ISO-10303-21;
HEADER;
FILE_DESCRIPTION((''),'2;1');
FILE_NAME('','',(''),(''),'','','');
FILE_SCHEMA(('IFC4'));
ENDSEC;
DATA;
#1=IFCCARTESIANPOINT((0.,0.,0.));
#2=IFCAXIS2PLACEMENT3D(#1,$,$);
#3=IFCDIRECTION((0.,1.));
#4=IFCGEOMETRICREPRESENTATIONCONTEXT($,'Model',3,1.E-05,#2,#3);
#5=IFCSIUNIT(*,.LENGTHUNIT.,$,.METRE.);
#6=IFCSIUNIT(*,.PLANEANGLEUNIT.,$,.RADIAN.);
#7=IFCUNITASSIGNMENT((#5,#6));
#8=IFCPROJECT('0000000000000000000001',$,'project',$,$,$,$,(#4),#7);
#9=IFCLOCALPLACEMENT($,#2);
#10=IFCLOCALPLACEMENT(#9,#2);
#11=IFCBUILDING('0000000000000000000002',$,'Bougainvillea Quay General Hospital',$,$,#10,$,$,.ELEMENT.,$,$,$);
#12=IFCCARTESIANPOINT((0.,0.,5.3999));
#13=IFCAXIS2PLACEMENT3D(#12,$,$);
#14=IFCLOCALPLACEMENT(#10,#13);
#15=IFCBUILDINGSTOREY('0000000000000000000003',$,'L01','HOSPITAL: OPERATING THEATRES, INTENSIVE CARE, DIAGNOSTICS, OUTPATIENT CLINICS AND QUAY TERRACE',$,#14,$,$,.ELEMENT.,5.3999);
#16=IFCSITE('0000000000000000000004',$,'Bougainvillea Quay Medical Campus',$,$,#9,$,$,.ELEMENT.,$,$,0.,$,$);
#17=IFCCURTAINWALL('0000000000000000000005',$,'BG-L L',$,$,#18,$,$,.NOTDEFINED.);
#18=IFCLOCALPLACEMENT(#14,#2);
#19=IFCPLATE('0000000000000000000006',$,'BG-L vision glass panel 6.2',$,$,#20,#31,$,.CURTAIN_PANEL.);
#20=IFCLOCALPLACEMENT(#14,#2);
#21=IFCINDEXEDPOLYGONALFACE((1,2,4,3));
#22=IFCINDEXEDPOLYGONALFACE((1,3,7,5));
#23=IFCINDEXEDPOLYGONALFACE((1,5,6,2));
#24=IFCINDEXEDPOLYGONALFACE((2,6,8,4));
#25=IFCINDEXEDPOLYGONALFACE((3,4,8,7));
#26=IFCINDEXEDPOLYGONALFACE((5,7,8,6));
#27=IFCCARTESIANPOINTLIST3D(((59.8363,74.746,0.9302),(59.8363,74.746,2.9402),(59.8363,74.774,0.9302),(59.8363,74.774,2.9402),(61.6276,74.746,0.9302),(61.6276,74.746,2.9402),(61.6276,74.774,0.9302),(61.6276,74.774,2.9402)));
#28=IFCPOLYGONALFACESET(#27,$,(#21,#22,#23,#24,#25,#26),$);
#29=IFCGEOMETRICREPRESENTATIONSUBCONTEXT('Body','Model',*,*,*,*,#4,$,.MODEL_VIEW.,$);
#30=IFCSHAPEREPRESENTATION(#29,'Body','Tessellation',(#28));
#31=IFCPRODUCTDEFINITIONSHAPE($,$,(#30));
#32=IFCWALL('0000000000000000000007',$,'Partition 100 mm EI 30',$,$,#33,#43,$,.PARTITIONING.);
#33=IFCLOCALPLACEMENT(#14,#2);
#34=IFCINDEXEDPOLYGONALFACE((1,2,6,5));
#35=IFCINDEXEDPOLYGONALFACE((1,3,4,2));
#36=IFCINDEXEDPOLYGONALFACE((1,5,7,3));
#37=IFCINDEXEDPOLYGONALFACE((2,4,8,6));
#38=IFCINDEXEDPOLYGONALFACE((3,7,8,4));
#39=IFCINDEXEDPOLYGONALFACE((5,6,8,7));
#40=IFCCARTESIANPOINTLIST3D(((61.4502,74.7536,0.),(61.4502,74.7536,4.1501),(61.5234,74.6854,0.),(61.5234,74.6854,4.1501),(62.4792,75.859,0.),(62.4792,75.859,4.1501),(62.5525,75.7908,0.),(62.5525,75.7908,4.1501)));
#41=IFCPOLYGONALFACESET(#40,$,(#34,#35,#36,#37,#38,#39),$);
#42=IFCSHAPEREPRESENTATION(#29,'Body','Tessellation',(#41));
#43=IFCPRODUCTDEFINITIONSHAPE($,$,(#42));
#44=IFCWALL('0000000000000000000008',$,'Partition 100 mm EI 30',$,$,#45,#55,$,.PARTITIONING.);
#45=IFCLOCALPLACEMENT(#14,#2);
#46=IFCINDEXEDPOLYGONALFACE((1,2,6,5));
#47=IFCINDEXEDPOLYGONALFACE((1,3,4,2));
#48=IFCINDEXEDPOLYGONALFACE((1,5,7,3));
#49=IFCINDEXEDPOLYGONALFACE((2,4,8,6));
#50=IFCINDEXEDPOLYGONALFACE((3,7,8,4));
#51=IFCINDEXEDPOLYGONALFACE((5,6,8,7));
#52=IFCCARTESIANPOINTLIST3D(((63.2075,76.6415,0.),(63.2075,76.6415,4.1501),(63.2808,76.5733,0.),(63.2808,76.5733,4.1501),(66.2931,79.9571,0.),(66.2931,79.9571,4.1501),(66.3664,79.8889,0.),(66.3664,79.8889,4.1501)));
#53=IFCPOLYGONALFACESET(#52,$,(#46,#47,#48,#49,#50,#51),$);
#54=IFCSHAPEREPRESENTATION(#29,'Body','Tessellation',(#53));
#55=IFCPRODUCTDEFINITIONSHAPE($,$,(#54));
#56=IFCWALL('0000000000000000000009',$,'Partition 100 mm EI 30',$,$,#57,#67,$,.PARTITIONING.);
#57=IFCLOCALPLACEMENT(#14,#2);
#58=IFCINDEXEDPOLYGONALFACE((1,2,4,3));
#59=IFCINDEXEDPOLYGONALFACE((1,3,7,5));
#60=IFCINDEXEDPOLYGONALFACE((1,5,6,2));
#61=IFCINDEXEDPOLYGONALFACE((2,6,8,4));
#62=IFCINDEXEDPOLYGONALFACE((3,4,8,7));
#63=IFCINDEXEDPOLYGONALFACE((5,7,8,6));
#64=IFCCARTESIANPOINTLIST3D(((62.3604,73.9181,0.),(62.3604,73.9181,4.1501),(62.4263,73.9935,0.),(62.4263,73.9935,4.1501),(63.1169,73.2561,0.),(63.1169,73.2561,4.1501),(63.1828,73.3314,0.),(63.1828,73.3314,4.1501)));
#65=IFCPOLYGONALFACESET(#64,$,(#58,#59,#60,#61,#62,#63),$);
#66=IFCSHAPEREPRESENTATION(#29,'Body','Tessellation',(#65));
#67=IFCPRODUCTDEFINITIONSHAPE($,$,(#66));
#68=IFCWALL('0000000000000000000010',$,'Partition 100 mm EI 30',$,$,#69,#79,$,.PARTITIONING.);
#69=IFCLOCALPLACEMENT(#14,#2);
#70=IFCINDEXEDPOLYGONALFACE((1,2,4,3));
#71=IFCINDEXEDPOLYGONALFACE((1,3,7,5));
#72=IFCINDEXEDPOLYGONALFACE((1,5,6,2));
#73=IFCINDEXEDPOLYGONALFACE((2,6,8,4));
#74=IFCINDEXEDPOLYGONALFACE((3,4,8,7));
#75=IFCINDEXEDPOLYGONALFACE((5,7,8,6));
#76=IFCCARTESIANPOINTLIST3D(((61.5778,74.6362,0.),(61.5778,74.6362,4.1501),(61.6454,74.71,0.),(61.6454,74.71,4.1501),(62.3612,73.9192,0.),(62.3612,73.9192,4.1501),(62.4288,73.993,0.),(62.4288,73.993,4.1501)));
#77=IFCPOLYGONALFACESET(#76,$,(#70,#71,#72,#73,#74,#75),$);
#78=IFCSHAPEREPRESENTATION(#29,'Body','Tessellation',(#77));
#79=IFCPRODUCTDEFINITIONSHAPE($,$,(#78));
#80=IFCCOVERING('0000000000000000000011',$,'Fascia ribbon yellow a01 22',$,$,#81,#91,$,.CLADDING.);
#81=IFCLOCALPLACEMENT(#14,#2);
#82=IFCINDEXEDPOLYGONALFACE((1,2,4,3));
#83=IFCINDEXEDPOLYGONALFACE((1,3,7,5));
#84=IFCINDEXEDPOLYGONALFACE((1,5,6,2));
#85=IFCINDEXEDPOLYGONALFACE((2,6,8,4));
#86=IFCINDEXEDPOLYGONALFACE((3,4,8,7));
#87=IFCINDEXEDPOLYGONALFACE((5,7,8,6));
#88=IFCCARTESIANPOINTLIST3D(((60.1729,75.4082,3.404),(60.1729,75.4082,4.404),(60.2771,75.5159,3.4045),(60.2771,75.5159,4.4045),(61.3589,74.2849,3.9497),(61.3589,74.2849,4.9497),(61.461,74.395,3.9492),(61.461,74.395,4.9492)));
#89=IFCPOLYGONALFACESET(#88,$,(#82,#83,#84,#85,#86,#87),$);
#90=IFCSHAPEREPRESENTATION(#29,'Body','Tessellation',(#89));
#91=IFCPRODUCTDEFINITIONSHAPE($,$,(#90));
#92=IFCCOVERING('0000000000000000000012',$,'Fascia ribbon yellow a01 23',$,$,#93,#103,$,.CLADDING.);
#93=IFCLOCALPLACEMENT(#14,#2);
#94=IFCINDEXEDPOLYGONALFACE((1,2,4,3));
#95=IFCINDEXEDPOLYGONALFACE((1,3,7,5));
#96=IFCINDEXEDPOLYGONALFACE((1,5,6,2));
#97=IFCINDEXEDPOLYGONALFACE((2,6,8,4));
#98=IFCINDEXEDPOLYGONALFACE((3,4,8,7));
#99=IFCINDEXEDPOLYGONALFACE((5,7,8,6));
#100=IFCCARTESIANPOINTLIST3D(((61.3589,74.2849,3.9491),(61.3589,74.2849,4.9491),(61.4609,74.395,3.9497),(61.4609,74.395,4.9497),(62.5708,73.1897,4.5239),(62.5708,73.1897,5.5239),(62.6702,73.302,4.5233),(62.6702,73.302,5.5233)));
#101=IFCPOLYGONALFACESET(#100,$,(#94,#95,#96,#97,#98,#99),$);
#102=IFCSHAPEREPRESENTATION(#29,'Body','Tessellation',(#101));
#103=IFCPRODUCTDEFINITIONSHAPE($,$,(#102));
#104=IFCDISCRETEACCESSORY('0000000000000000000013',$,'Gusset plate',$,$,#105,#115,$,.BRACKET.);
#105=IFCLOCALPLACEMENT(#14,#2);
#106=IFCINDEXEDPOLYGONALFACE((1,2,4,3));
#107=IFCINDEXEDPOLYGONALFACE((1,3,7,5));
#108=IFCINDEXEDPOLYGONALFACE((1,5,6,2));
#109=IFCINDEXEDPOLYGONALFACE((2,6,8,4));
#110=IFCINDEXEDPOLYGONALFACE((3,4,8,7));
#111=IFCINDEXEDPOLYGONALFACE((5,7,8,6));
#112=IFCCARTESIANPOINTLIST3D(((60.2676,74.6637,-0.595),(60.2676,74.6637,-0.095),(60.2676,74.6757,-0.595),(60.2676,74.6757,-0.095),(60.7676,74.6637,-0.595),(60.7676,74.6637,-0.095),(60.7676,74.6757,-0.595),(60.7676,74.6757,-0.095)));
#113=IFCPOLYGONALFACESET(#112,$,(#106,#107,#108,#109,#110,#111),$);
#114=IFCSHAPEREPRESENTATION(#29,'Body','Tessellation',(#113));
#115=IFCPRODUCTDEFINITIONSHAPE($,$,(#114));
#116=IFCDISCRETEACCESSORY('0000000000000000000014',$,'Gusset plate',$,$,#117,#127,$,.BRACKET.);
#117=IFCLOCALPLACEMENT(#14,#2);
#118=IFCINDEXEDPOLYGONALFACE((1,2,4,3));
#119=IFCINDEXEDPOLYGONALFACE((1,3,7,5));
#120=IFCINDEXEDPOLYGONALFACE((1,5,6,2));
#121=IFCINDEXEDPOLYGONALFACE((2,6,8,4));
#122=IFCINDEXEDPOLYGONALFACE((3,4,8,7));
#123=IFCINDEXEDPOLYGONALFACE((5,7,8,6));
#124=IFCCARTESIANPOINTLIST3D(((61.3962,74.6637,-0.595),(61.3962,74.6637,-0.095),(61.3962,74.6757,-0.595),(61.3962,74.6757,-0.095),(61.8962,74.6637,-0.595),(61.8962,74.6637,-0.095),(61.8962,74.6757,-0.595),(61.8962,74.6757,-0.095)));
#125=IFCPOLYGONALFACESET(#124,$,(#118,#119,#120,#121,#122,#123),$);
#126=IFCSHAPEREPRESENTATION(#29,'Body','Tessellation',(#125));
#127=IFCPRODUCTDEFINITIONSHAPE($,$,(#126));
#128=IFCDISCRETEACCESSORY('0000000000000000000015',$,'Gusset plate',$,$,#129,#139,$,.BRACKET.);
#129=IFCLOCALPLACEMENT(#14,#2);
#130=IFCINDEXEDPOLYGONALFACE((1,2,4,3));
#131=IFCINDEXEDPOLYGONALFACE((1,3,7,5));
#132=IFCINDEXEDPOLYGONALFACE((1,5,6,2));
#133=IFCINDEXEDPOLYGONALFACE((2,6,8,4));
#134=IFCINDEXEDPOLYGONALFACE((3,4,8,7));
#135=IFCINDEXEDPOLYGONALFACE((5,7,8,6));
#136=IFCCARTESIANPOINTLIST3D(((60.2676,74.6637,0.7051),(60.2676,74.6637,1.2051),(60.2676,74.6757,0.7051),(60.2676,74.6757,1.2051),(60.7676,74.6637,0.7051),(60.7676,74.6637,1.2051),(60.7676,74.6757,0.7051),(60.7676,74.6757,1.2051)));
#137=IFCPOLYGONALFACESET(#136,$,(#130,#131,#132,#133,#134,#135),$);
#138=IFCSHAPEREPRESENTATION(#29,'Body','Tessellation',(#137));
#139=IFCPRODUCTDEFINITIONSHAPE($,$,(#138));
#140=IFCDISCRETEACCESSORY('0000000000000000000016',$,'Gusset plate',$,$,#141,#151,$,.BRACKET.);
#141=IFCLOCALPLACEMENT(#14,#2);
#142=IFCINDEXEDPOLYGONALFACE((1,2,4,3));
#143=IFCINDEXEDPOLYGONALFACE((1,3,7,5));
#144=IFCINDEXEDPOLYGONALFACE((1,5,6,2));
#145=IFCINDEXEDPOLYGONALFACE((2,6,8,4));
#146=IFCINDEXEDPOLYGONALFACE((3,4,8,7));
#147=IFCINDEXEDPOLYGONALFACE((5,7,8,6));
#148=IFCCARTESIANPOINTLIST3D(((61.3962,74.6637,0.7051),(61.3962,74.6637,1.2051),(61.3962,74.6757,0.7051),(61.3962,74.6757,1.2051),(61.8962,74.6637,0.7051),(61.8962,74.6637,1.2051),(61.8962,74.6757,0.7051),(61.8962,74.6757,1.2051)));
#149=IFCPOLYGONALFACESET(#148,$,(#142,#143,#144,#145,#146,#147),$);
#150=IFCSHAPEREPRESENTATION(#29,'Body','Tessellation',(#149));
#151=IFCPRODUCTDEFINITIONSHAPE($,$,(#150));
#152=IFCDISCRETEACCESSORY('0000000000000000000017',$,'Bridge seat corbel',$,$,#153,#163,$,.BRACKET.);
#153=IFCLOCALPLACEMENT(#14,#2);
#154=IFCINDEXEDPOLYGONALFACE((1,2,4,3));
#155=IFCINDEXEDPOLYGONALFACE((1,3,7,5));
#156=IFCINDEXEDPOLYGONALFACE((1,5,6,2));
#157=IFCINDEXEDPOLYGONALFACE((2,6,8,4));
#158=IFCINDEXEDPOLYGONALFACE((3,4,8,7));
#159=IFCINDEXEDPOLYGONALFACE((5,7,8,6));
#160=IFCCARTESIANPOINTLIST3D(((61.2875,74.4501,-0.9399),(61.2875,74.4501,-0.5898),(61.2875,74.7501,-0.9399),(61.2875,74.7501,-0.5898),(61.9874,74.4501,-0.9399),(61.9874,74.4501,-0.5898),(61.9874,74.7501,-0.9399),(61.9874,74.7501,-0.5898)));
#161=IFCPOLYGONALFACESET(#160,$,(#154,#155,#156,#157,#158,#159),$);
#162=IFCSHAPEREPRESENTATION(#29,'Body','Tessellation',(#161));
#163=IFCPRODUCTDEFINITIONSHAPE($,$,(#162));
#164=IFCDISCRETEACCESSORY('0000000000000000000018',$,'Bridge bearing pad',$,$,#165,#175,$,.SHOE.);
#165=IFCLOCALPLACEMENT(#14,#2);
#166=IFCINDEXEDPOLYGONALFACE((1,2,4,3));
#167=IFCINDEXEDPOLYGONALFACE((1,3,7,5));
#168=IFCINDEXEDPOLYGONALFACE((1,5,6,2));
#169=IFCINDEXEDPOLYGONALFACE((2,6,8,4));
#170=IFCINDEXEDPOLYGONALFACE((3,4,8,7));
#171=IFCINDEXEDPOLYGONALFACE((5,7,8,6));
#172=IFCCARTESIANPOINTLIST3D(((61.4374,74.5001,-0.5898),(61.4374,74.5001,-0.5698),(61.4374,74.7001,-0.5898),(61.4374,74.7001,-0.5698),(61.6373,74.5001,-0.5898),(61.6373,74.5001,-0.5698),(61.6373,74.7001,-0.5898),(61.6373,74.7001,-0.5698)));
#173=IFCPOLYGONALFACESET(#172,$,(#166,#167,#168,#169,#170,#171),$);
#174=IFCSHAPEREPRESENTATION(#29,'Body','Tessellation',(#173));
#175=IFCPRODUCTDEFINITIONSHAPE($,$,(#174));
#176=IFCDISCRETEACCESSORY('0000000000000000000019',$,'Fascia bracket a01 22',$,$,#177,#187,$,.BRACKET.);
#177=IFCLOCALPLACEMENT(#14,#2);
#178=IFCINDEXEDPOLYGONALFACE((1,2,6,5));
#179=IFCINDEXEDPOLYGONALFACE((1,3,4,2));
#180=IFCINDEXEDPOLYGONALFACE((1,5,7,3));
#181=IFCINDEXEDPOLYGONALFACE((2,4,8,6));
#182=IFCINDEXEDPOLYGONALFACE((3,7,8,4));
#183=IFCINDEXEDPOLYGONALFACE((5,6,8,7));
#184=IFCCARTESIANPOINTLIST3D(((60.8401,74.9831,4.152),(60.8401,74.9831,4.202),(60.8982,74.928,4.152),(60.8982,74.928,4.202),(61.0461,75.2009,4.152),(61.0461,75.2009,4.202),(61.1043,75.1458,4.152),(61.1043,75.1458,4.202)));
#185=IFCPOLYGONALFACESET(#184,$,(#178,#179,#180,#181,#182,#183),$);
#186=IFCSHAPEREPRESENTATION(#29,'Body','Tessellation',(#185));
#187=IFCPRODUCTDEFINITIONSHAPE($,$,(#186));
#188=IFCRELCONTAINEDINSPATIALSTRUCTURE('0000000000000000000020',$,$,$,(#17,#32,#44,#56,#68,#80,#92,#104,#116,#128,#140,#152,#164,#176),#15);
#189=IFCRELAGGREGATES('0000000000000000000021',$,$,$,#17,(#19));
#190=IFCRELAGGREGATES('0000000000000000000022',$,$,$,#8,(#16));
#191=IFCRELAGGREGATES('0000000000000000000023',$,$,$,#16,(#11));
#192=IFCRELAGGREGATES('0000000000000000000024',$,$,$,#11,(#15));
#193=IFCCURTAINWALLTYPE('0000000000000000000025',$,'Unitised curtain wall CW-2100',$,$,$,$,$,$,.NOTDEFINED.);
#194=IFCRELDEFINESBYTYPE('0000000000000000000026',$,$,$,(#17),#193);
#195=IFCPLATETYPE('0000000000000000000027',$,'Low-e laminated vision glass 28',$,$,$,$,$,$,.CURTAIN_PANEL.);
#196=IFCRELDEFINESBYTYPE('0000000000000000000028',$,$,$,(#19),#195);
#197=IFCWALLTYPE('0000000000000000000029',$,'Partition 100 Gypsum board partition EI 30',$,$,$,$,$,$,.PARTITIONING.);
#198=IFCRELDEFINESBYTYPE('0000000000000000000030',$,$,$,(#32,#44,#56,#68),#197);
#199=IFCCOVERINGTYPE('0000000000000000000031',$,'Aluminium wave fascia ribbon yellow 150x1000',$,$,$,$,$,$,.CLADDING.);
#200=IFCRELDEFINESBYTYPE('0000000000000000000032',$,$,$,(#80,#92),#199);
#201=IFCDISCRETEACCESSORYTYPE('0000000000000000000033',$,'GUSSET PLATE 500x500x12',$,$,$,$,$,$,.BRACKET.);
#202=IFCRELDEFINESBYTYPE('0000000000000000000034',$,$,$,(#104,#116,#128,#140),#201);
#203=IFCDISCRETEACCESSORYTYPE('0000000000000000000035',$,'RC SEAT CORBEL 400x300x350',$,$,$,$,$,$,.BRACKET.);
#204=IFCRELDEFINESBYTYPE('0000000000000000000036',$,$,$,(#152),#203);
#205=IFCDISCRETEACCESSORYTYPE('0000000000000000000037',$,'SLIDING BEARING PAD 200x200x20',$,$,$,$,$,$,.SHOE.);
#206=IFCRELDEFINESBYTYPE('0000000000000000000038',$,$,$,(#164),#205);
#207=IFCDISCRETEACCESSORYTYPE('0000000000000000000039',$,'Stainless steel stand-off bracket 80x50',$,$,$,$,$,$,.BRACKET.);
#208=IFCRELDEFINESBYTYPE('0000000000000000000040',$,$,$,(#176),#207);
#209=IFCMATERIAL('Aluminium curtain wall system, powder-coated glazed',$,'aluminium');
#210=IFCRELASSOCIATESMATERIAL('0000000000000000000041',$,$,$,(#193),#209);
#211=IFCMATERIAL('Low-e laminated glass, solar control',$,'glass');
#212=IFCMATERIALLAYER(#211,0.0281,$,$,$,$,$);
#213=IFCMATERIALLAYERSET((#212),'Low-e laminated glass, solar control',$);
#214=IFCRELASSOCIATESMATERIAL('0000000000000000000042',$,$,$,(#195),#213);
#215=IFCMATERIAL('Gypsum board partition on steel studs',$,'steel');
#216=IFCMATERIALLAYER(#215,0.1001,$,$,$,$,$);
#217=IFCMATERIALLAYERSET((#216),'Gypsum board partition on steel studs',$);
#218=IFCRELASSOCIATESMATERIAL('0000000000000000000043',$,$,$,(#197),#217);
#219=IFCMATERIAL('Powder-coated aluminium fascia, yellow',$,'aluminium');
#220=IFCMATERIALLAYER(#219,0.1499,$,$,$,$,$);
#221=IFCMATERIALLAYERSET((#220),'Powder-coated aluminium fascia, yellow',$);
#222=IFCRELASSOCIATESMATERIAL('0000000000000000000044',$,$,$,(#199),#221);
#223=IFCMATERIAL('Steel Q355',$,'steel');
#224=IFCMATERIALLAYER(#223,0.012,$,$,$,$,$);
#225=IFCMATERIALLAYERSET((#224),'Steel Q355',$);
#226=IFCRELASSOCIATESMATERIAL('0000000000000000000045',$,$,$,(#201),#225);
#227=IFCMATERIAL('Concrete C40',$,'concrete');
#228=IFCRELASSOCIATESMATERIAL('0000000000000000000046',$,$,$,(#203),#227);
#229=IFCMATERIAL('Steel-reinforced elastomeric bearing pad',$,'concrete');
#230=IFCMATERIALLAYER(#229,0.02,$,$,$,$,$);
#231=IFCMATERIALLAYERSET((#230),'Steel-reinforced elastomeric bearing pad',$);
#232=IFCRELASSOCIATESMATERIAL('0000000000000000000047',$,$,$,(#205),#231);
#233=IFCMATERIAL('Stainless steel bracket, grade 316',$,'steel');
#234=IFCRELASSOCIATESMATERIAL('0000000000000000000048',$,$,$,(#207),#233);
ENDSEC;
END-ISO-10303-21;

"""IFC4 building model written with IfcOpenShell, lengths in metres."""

from ifc_helpers import new_model, si_unit, direction, frame, frame_2d, origin, origin_2d, place, context, subcontext, project, spatial, polyline, rectangle, outline, extrude, material, layer, layer_set, material_profile, profile_set, type_object, element, aggregate, save


model = new_model("IFC4")

# Units and contexts
model_context = context("Model", 3, precision=1e-05, world=origin(), true_north=direction((0.0, 1.0)))
body_context = subcontext(model_context, "Body", "Model", "MODEL_VIEW")
ifc_project = project(units=[si_unit("LENGTHUNIT", "METRE"), si_unit("PLANEANGLEUNIT", "RADIAN")], contexts=[model_context])

# Site, building, storey
site_placement = place(None, origin())
site = spatial("IfcSite", under=ifc_project, at=site_placement, Name="Bougainvillea Quay Medical Campus", CompositionType="ELEMENT", RefElevation=0.0)
building_placement = place(site_placement, origin())
building = spatial("IfcBuilding", under=site, at=building_placement, Name="Bougainvillea Quay General Hospital", CompositionType="ELEMENT")
storey_placement = place(building_placement, frame((0.0, 0.0, 5.3999)))
storey = spatial("IfcBuildingStorey", under=building, at=storey_placement, Name="L01", Description="HOSPITAL: OPERATING THEATRES, INTENSIVE CARE, DIAGNOSTICS, OUTPATIENT CLINICS AND QUAY TERRACE", CompositionType="ELEMENT", Elevation=5.3999)

# Curtain wall
ifc_material_1 = material(Name="Aluminium curtain wall system, powder-coated glazed", Category="aluminium")
curtain_wall_type = type_object("IfcCurtainWallType", Name="Unitised curtain wall CW-2100", PredefinedType="NOTDEFINED", material=ifc_material_1)
curtain_wall_1_placement = place(storey_placement, origin())
curtain_wall_1 = element("IfcCurtainWall", 1, at=curtain_wall_1_placement, inside=storey, type_object=curtain_wall_type, Name="BG-L L", PredefinedType="NOTDEFINED")

# Shared definitions
ifc_material_2 = material(Name="Steel Q355", Category="steel")

# Shared definitions
ifc_material_3 = material(Name="Concrete C40", Category="concrete")

# Plate
ifc_material_4 = material(Name="Low-e laminated glass, solar control", Category="glass")
ifc_layer_1 = layer(ifc_material_4, 0.0281)
ifc_layer_set_1 = layer_set([ifc_layer_1], Name="Low-e laminated glass, solar control")
plate_type_1 = type_object("IfcPlateType", Name="Low-e laminated vision glass 28", PredefinedType="CURTAIN_PANEL", material=ifc_layer_set_1)
plate_1_placement = place(storey_placement, frame((60.7319, 74.76, 0.9302), z_axis=(0.0, 0.0, 1.0), x_axis=(1.0, 0.0, 0.0)))
plate_1 = element("IfcPlate", 2, at=plate_1_placement, type_object=plate_type_1, Name="BG-L vision glass panel 6.2", PredefinedType="CURTAIN_PANEL", context=body_context, shape_type="SweptSolid", body=[
    extrude(rectangle(XDim=1.7913, YDim=0.0281, at=origin_2d()), origin(), (0.0, 0.0, 1.0), 2.01),
])
aggregate(curtain_wall_1, [plate_1])

# Walls
ifc_material_5 = material(Name="Gypsum board partition on steel studs", Category="steel")
ifc_layer_2 = layer(ifc_material_5, 0.1001)
ifc_layer_set_2 = layer_set([ifc_layer_2], Name="Gypsum board partition on steel studs")
wall_type = type_object("IfcWallType", Name="Partition 100 Gypsum board partition EI 30", PredefinedType="PARTITIONING", material=ifc_layer_set_2)
wall_1_placement = place(storey_placement, frame((61.4868, 74.7195, 0.0), z_axis=(0.0, 0.0, 1.0), x_axis=(0.681356, 0.731952, 0.0)))
element("IfcWall", 3, at=wall_1_placement, inside=storey, type_object=wall_type, Name="Partition 100 mm EI 30", PredefinedType="PARTITIONING", context=body_context, shape_type="SweptSolid", body=[
    extrude(rectangle(XDim=1.5103, YDim=0.1001, at=frame_2d((0.7551, 0.0))), origin(), (0.0, 0.0, 1.0), 4.1501),
])
wall_2_placement = place(storey_placement, frame((63.2441, 76.6074, 0.0), z_axis=(0.0, 0.0, 1.0), x_axis=(0.681263, 0.732039, 0.0)))
element("IfcWall", 4, at=wall_2_placement, inside=storey, type_object=wall_type, Name="Partition 100 mm EI 30", PredefinedType="PARTITIONING", context=body_context, shape_type="SweptSolid", body=[
    extrude(rectangle(XDim=4.5293, YDim=0.1001, at=frame_2d((2.2646, 0.0))), origin(), (0.0, 0.0, 1.0), 4.1501),
])
wall_3_placement = place(storey_placement, frame((62.3933, 73.9558, 0.0), z_axis=(0.0, 0.0, 1.0), x_axis=(0.752532, -0.658556, 0.0)))
element("IfcWall", 5, at=wall_3_placement, inside=storey, type_object=wall_type, Name="Partition 100 mm EI 30", PredefinedType="PARTITIONING", context=body_context, shape_type="SweptSolid", body=[
    extrude(rectangle(XDim=1.0054, YDim=0.1001, at=frame_2d((0.5027, 0.0))), origin(), (0.0, 0.0, 1.0), 4.1501),
])
wall_4_placement = place(storey_placement, frame((61.6116, 74.6731, 0.0), z_axis=(0.0, 0.0, 1.0), x_axis=(0.737679, -0.675152, 0.0)))
element("IfcWall", 6, at=wall_4_placement, inside=storey, type_object=wall_type, Name="Partition 100 mm EI 30", PredefinedType="PARTITIONING", context=body_context, shape_type="SweptSolid", body=[
    extrude(rectangle(XDim=1.062, YDim=0.1001, at=frame_2d((0.531, 0.0))), origin(), (0.0, 0.0, 1.0), 4.1501),
])

# Coverings
ifc_material_6 = material(Name="Powder-coated aluminium fascia, yellow", Category="aluminium")
ifc_layer_3 = layer(ifc_material_6, 0.1499)
ifc_layer_set_3 = layer_set([ifc_layer_3], Name="Powder-coated aluminium fascia, yellow")
covering_type = type_object("IfcCoveringType", Name="Aluminium wave fascia ribbon yellow 150x1000", PredefinedType="CLADDING", material=ifc_layer_set_3)
covering_1_placement = place(storey_placement, frame((60.2771, 75.5159, 3.4045), z_axis=(-0.230028, 0.217908, 0.948474), x_axis=(0.688745, -0.652099, 0.316854)))
element("IfcCovering", 7, at=covering_1_placement, inside=storey, type_object=covering_type, Name="Fascia ribbon yellow a01 22", PredefinedType="CLADDING", context=body_context, shape_type="SweptSolid", body=[
    extrude(outline(polyline([(0.0, 0.0), (1.7189, 0.0), (1.7205, -0.1501), (-0.0017, -0.1499), (0.0, 0.0)])), origin(), (0.316854, -0.000082, 0.948474), 1.0),
])
covering_2_placement = place(storey_placement, frame((61.4609, 74.395, 3.9497), z_axis=(-0.246052, 0.222824, 0.943296), x_axis=(0.699789, -0.632537, 0.331952)))
element("IfcCovering", 8, at=covering_2_placement, inside=storey, type_object=covering_type, Name="Fascia ribbon yellow a01 23", PredefinedType="CLADDING", context=body_context, shape_type="SweptSolid", body=[
    extrude(outline(polyline([(0.0, 0.0), (1.728, 0.0), (1.7297, -0.1499), (-0.0019, -0.1501), (0.0, 0.0)])), origin(), (0.331952, -0.000293, 0.943296), 1.0),
])

# Discrete accessories
ifc_layer_4 = layer(ifc_material_2, 0.012)
ifc_layer_set_4 = layer_set([ifc_layer_4], Name="Steel Q355")
discrete_accessory_type_1 = type_object("IfcDiscreteAccessoryType", Name="GUSSET PLATE 500x500x12", PredefinedType="BRACKET", material=ifc_layer_set_4)
for number, where, z_axis, x_axis, name in (
    (9, (60.5176, 74.6697, -0.595), (0.0, 0.0, 1.0), (1.0, 0.0, 0.0), "Gusset plate"),
    (10, (61.6462, 74.6697, -0.595), (0.0, 0.0, 1.0), (1.0, 0.0, 0.0), "Gusset plate"),
    (11, (60.5176, 74.6697, 0.7051), (0.0, 0.0, 1.0), (1.0, 0.0, 0.0), "Gusset plate"),
    (12, (61.6462, 74.6697, 0.7051), (0.0, 0.0, 1.0), (1.0, 0.0, 0.0), "Gusset plate"),
):
    element("IfcDiscreteAccessory", number, at=place(storey_placement, frame(where, z_axis=z_axis, x_axis=x_axis)), inside=storey, type_object=discrete_accessory_type_1, Name=name, PredefinedType="BRACKET", context=body_context, shape_type="SweptSolid", body=[
        extrude(rectangle(XDim=0.5, YDim=0.012, at=origin_2d()), origin(), (0.0, 0.0, 1.0), 0.5),
    ])
discrete_accessory_type_2 = type_object("IfcDiscreteAccessoryType", Name="RC SEAT CORBEL 400x300x350", PredefinedType="BRACKET", material=ifc_material_3)
discrete_accessory_1_placement = place(storey_placement, frame((61.6375, 74.6001, -0.9399), z_axis=(0.0, 0.0, 1.0), x_axis=(-1.0, 0.0, 0.0)))
element("IfcDiscreteAccessory", 13, at=discrete_accessory_1_placement, inside=storey, type_object=discrete_accessory_type_2, Name="Bridge seat corbel", PredefinedType="BRACKET", context=body_context, shape_type="SweptSolid", body=[
    extrude(rectangle(XDim=0.7, YDim=0.3, at=origin_2d()), origin(), (0.0, 0.0, 1.0), 0.3501),
])
ifc_material_7 = material(Name="Steel-reinforced elastomeric bearing pad", Category="concrete")
ifc_layer_5 = layer(ifc_material_7, 0.02)
ifc_layer_set_5 = layer_set([ifc_layer_5], Name="Steel-reinforced elastomeric bearing pad")
discrete_accessory_type_3 = type_object("IfcDiscreteAccessoryType", Name="SLIDING BEARING PAD 200x200x20", PredefinedType="SHOE", material=ifc_layer_set_5)
discrete_accessory_2_placement = place(storey_placement, frame((61.5374, 74.6001, -0.5898), z_axis=(0.0, 0.0, 1.0), x_axis=(-1.0, 0.0, 0.0)))
element("IfcDiscreteAccessory", 14, at=discrete_accessory_2_placement, inside=storey, type_object=discrete_accessory_type_3, Name="Bridge bearing pad", PredefinedType="SHOE", context=body_context, shape_type="SweptSolid", body=[
    extrude(rectangle(XDim=0.2, YDim=0.2, at=origin_2d()), origin(), (0.0, 0.0, 1.0), 0.02),
])
ifc_material_8 = material(Name="Stainless steel bracket, grade 316", Category="steel")
ifc_material_profile_1 = material_profile(ifc_material_8, rectangle(XDim=0.0801, YDim=0.05, at=origin_2d()))
ifc_profile_set_1 = profile_set([ifc_material_profile_1], Name="Stainless steel bracket, grade 316")
discrete_accessory_type_4 = type_object("IfcDiscreteAccessoryType", Name="Stainless steel stand-off bracket 80x50", PredefinedType="BRACKET", material=ifc_profile_set_1)
discrete_accessory_3_placement = place(storey_placement, frame((61.0752, 75.1733, 4.177), z_axis=(-0.687293, -0.726381, 0.0), x_axis=(0.726381, -0.687293, 0.0)))
element("IfcDiscreteAccessory", 15, at=discrete_accessory_3_placement, inside=storey, type_object=discrete_accessory_type_4, Name="Fascia bracket a01 22", PredefinedType="BRACKET", context=body_context, shape_type="SweptSolid", body=[
    extrude(rectangle(XDim=0.0801, YDim=0.05, at=origin_2d()), origin(), (0.0, 0.0, 1.0), 0.2998),
])

save(model, "model.ifc")
